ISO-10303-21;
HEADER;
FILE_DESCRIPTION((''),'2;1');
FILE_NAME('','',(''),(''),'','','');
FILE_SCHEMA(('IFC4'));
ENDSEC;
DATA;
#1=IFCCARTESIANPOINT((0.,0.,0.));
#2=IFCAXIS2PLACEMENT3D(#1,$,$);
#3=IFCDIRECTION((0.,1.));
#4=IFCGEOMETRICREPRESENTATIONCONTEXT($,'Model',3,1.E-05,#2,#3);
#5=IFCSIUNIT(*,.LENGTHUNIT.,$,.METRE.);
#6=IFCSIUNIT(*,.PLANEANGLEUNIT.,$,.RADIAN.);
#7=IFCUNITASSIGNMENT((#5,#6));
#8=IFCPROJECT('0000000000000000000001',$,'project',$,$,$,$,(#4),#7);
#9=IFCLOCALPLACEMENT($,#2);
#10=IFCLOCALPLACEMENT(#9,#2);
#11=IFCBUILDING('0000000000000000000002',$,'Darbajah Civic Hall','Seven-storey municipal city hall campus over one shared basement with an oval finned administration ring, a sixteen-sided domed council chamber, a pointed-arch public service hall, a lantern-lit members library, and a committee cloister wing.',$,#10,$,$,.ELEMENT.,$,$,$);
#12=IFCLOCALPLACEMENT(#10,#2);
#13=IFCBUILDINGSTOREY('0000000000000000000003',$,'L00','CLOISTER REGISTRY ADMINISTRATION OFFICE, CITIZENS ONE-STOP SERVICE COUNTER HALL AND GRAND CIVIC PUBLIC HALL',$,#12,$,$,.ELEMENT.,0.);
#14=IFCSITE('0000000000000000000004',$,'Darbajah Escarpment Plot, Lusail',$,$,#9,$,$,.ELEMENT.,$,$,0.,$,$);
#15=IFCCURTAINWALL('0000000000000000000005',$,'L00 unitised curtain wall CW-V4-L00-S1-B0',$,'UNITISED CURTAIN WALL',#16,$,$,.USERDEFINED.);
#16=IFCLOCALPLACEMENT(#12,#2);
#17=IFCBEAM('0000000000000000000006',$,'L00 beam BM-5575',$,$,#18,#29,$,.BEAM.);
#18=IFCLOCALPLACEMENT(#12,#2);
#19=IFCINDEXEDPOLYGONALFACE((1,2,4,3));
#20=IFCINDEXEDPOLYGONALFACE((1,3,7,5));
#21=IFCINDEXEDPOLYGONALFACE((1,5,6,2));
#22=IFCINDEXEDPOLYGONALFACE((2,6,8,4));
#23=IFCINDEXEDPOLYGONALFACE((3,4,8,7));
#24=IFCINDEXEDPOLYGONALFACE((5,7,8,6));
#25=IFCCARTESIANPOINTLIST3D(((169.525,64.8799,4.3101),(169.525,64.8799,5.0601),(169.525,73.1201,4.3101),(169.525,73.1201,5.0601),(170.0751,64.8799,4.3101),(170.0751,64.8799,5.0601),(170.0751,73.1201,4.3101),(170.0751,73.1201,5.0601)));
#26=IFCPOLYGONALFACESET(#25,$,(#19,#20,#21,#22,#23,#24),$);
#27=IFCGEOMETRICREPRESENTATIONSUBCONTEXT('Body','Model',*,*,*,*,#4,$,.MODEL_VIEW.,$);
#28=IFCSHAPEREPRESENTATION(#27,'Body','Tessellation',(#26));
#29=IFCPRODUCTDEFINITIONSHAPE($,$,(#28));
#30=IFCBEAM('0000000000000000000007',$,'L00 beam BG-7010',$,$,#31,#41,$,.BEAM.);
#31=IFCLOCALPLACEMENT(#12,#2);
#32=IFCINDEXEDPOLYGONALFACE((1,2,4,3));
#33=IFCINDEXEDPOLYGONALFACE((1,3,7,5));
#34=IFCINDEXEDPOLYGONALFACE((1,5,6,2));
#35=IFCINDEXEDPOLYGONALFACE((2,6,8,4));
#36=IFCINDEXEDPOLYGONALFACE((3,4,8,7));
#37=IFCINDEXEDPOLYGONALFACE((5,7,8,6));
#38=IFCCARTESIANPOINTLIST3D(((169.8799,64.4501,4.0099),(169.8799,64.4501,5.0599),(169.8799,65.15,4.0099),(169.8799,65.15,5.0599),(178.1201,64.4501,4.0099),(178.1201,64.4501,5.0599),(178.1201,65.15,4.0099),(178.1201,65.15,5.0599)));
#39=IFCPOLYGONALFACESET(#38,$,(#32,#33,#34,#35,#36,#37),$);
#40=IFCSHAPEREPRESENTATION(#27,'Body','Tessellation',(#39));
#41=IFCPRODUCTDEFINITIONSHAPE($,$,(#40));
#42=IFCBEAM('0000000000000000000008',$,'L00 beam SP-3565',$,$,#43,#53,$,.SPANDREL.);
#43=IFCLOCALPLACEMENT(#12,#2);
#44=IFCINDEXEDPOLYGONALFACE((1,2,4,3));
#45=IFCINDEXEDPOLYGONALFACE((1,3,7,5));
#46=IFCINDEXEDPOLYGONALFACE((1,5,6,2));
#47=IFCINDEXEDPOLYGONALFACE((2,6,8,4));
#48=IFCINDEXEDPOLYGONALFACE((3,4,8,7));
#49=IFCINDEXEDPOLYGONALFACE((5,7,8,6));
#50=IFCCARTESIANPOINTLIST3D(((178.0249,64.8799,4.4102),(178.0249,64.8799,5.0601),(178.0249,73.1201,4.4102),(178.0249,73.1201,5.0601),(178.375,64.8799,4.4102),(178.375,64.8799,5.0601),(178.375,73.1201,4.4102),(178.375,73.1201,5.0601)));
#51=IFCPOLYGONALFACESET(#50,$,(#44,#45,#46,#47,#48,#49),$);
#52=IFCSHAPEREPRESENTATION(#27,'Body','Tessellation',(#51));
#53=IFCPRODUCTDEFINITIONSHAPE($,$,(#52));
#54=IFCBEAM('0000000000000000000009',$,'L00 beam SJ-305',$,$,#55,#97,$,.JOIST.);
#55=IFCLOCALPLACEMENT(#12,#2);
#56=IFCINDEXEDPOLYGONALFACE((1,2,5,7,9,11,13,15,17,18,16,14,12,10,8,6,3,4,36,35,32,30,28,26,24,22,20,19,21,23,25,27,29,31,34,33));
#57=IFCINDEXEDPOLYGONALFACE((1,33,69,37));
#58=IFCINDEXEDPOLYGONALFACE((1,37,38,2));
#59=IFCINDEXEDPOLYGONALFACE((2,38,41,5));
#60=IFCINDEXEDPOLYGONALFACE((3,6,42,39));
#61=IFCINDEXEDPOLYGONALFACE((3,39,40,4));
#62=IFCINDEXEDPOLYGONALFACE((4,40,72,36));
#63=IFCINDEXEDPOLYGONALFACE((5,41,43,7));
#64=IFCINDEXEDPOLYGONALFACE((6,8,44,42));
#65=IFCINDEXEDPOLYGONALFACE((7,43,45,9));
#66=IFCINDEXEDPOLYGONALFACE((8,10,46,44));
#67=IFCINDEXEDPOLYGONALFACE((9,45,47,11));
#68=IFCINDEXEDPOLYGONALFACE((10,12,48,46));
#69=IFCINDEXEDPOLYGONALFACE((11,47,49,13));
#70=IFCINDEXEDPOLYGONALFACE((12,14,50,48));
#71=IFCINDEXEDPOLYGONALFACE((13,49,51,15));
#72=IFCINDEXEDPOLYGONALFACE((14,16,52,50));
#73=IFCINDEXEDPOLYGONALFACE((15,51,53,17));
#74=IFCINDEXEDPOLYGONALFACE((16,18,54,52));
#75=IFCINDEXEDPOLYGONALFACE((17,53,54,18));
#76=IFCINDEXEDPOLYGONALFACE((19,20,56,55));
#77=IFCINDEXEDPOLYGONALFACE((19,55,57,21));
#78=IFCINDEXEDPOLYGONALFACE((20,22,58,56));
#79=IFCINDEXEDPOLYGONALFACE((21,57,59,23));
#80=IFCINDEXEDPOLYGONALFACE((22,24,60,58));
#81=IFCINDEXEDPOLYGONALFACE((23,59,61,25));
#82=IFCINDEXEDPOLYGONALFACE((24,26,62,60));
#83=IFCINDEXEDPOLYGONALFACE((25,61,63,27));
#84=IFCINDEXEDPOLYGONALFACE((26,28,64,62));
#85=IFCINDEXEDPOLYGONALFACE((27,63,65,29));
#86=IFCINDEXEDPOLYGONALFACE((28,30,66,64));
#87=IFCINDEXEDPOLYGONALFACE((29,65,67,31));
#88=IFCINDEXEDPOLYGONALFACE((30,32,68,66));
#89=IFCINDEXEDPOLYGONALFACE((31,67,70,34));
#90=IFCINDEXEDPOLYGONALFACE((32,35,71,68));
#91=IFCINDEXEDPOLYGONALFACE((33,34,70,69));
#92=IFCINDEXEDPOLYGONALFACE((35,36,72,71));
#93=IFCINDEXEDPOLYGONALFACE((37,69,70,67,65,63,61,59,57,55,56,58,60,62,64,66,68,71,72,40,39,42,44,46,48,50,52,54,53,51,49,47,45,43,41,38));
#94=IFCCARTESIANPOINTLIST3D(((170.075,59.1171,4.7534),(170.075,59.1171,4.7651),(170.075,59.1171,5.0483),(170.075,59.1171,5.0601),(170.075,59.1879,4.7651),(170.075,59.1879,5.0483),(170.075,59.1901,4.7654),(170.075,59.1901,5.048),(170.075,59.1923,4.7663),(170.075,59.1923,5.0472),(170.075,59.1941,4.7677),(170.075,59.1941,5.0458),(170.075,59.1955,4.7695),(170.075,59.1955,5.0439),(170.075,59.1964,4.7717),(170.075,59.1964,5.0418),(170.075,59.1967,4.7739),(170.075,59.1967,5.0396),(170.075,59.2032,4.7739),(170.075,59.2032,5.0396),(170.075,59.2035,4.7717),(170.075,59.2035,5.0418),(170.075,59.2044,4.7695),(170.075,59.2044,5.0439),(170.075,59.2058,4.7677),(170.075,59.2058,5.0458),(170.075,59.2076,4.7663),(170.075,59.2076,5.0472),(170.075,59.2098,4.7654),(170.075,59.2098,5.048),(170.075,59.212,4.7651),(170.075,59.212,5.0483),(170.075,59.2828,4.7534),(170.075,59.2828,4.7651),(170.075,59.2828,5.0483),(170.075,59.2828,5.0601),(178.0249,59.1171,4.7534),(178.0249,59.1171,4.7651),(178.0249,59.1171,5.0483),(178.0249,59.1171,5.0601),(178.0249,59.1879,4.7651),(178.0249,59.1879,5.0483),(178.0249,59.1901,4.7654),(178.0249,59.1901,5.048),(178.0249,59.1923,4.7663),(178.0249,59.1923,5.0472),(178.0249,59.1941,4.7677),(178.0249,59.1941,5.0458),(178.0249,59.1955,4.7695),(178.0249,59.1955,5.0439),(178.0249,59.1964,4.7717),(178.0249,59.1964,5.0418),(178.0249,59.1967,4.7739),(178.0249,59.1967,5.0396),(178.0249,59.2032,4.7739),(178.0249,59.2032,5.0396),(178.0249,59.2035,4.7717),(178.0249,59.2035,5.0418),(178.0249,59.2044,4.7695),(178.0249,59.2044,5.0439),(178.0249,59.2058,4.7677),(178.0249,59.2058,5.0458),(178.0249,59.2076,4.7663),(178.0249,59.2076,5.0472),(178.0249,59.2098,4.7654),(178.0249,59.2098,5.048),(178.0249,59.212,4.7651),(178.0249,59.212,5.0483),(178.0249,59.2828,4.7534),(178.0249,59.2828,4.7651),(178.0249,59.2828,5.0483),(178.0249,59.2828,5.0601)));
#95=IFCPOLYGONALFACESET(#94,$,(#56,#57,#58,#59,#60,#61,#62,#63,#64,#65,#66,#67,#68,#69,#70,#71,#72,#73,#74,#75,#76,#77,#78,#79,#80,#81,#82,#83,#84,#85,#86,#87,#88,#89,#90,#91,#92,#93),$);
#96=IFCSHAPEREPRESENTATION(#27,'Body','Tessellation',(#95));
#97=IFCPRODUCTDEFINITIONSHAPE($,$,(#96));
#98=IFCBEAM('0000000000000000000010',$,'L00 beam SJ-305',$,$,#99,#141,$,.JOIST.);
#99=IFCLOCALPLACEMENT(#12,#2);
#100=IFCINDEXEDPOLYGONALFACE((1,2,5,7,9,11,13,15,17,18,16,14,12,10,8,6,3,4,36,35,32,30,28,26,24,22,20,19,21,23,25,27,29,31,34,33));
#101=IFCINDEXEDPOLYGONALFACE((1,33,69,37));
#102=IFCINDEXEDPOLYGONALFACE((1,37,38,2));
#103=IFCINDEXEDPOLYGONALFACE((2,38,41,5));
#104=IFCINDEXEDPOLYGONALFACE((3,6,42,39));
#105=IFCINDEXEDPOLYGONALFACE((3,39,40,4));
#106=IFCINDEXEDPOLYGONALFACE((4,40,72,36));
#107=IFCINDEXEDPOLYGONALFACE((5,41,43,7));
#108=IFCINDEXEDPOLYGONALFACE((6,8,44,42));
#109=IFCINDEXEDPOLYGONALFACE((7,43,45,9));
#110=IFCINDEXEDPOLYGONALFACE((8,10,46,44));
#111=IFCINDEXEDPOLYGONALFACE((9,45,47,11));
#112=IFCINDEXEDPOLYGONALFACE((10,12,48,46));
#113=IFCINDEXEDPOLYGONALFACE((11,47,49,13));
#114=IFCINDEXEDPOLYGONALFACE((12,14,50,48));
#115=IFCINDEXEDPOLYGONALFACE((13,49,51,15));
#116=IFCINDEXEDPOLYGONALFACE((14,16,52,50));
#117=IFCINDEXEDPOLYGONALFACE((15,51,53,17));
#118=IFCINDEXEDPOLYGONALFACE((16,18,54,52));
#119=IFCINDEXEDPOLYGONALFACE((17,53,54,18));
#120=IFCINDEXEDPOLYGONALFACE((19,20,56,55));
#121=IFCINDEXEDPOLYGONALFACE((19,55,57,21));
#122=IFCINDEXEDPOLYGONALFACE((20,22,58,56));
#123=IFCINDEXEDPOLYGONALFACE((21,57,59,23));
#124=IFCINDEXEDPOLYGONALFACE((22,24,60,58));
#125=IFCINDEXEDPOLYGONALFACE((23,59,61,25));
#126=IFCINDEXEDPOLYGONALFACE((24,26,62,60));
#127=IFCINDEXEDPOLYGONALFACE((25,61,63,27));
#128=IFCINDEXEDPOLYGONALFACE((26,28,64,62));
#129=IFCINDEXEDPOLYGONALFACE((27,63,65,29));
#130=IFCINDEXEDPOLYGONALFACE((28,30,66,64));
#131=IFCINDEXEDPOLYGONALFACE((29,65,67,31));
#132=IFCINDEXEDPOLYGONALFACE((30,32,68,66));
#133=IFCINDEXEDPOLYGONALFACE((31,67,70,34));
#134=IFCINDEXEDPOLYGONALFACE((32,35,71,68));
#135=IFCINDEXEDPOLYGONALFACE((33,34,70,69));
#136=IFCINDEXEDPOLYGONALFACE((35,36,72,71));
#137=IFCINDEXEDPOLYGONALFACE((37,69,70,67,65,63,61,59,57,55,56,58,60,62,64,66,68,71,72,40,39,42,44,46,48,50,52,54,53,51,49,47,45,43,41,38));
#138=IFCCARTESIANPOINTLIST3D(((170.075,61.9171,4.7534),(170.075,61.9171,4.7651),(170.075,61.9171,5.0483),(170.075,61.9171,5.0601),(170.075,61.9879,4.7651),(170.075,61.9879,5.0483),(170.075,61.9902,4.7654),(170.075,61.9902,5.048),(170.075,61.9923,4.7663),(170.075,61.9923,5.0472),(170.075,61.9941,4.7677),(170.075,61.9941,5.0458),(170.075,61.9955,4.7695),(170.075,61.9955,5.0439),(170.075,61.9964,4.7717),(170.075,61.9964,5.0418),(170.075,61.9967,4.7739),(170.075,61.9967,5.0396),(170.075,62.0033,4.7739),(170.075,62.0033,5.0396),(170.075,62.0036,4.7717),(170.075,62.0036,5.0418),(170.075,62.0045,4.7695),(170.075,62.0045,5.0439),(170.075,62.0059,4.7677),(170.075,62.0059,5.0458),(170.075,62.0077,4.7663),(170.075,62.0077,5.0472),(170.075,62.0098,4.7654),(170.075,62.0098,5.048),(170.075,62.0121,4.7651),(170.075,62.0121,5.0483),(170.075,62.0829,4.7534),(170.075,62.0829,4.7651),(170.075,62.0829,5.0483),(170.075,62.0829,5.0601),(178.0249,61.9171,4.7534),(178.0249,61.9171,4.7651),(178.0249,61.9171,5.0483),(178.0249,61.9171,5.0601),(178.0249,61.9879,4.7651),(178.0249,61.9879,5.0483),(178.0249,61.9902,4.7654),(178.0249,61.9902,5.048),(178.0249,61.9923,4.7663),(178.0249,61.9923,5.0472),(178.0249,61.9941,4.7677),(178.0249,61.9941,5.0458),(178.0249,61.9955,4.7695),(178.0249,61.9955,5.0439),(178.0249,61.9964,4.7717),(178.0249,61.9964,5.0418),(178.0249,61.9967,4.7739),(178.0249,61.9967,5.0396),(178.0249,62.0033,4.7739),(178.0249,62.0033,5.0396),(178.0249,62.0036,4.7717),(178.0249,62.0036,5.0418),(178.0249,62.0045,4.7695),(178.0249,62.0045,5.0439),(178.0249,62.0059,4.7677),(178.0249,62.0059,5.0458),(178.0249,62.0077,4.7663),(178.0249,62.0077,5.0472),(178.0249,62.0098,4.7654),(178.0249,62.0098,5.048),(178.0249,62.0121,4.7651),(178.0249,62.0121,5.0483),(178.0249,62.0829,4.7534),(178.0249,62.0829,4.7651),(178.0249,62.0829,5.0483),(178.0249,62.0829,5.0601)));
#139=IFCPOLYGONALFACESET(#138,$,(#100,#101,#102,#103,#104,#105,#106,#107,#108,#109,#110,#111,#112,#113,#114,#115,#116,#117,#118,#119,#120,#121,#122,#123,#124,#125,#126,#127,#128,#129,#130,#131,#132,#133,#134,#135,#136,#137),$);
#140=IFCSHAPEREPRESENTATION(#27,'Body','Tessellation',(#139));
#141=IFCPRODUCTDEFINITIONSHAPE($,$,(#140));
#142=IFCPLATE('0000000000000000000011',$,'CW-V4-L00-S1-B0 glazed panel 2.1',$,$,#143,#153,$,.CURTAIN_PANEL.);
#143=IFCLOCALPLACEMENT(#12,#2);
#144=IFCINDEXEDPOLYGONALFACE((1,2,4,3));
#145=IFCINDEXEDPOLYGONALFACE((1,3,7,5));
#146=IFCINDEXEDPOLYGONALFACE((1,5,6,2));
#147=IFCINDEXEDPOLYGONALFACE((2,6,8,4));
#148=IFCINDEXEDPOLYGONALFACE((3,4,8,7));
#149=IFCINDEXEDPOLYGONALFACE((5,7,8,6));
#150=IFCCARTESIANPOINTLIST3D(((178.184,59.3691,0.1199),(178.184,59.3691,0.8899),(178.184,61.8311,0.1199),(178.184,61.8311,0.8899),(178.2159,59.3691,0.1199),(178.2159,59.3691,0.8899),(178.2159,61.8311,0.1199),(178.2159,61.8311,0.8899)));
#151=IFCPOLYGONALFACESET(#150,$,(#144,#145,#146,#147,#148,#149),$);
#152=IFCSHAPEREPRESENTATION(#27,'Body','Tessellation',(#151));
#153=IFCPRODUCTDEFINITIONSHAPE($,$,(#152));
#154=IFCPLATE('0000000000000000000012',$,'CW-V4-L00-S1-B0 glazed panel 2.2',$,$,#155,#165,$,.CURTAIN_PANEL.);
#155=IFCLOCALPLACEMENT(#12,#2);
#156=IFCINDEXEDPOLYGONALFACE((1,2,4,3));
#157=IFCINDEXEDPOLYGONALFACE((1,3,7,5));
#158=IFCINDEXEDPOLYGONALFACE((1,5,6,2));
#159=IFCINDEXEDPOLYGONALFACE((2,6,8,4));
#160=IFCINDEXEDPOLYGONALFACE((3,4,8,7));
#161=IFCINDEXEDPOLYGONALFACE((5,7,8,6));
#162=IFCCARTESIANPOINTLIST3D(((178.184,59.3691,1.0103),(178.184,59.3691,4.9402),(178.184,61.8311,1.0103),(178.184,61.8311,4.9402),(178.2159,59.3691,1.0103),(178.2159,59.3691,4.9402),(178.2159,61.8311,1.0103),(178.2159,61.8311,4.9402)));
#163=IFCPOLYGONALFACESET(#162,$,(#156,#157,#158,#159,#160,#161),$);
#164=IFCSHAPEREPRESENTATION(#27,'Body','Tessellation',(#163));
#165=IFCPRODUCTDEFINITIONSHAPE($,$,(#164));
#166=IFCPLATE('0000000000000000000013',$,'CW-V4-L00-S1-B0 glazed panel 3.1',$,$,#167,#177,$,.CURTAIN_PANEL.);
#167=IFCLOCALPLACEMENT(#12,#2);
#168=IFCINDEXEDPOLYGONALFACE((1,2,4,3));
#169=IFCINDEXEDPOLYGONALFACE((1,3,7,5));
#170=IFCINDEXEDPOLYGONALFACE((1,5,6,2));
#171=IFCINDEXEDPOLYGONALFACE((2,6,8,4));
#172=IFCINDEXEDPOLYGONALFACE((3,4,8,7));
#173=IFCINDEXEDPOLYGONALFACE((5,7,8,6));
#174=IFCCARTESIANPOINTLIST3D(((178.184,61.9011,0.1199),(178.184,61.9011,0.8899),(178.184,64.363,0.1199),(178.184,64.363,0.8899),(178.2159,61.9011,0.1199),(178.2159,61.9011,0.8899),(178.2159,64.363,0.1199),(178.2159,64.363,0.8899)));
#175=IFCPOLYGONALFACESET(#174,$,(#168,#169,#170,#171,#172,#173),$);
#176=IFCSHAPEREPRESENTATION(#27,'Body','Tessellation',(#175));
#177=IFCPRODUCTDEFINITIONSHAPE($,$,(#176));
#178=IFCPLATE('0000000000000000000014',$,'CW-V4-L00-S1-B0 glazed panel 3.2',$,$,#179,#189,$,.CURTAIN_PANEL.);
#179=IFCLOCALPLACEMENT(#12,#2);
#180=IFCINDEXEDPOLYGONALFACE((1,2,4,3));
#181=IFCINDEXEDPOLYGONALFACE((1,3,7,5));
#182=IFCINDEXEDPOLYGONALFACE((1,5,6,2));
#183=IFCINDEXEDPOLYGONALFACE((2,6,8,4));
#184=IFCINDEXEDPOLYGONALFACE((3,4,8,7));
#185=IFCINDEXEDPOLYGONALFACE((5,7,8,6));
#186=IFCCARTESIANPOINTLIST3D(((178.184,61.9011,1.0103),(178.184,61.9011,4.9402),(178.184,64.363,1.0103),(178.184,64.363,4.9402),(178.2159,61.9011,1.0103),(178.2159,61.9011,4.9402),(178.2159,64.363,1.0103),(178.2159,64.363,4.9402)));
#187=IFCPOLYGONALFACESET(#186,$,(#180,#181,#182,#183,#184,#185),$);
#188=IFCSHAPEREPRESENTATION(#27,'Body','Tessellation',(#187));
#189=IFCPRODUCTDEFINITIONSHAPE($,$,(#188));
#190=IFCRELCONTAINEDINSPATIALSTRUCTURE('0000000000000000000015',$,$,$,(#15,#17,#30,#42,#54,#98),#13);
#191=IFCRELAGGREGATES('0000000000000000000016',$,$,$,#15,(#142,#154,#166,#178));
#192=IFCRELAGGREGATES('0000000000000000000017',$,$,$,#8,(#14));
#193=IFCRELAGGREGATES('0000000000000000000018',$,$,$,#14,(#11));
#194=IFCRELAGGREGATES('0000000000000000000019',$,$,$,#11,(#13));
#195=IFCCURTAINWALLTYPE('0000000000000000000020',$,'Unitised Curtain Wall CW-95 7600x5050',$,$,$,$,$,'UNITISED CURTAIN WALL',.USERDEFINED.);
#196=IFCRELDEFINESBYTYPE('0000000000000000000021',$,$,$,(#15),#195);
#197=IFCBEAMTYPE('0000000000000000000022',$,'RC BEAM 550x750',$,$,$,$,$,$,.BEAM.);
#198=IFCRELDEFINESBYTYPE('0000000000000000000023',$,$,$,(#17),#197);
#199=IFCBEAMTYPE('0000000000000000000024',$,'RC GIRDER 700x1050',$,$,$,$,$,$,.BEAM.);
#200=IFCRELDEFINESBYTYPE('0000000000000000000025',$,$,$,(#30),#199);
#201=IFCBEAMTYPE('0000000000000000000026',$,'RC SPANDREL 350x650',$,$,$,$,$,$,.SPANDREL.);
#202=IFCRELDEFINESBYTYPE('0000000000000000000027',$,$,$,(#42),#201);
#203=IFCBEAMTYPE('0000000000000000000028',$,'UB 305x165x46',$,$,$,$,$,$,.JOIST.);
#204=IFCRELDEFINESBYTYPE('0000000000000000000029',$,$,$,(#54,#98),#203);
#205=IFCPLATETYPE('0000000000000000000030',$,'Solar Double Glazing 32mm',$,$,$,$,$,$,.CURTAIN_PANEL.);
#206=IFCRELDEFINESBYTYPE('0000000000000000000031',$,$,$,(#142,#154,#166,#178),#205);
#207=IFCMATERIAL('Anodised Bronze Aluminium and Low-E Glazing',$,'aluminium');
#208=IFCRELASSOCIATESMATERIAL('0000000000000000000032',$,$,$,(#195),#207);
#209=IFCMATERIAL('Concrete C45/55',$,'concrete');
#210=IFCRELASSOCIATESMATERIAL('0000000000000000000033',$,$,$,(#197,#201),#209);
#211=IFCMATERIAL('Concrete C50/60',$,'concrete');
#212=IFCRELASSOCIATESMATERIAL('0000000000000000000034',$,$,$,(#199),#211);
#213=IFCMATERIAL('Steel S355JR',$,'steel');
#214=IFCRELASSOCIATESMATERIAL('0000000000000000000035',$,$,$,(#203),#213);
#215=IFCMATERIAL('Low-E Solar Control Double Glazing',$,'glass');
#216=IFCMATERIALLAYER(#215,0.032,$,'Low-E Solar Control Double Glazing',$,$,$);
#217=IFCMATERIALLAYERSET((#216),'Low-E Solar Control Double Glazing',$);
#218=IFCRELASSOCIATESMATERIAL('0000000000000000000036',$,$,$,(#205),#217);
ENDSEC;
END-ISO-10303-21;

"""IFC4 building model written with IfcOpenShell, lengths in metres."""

from ifc_helpers import new_model, si_unit, direction, frame, origin, origin_2d, place, context, subcontext, project, spatial, rectangle, i_section, extrude, material, layer, layer_set, material_profile, profile_set, type_object, element, aggregate, save


model = new_model("IFC4")

# Units and contexts
model_context = context("Model", 3, precision=1e-05, world=origin(), true_north=direction((0.0, 1.0)))
body_context = subcontext(model_context, "Body", "Model", "MODEL_VIEW")
ifc_project = project(units=[si_unit("LENGTHUNIT", "METRE"), si_unit("PLANEANGLEUNIT", "RADIAN")], contexts=[model_context])

# Site, building, storey
site_placement = place(None, origin())
site = spatial("IfcSite", under=ifc_project, at=site_placement, Name="Darbajah Escarpment Plot, Lusail", CompositionType="ELEMENT", RefElevation=0.0)
building_placement = place(site_placement, origin())
building = spatial("IfcBuilding", under=site, at=building_placement, Name="Darbajah Civic Hall", Description="Seven-storey municipal city hall campus over one shared basement with an oval finned administration ring, a sixteen-sided domed council chamber, a pointed-arch public service hall, a lantern-lit members library, and a committee cloister wing.", CompositionType="ELEMENT")
storey_placement = place(building_placement, origin())
storey = spatial("IfcBuildingStorey", under=building, at=storey_placement, Name="L00", Description="CLOISTER REGISTRY ADMINISTRATION OFFICE, CITIZENS ONE-STOP SERVICE COUNTER HALL AND GRAND CIVIC PUBLIC HALL", CompositionType="ELEMENT", Elevation=0.0)

# Shared definitions
ifc_material_1 = material(Name="Concrete C50/60", Category="concrete")

# Curtain wall
ifc_material_2 = material(Name="Anodised Bronze Aluminium and Low-E Glazing", Category="aluminium")
curtain_wall_type = type_object("IfcCurtainWallType", Name="Unitised Curtain Wall CW-95 7600x5050", ElementType="UNITISED CURTAIN WALL", PredefinedType="USERDEFINED", material=ifc_material_2)
curtain_wall_placement = place(storey_placement, origin())
curtain_wall = element("IfcCurtainWall", 1, at=curtain_wall_placement, inside=storey, type_object=curtain_wall_type, Name="L00 unitised curtain wall CW-V4-L00-S1-B0", ObjectType="UNITISED CURTAIN WALL", PredefinedType="USERDEFINED")

# Beams
ifc_material_3 = material(Name="Concrete C45/55", Category="concrete")
ifc_material_profile_1 = material_profile(ifc_material_3, rectangle(XDim=0.55, YDim=0.75, at=origin_2d()), Name="RC BEAM 550x750")
ifc_profile_set_1 = profile_set([ifc_material_profile_1], Name="Concrete C45/55")
beam_type_1 = type_object("IfcBeamType", Name="RC BEAM 550x750", PredefinedType="BEAM", material=ifc_profile_set_1)
beam_1_placement = place(storey_placement, frame((169.8, 64.8799, 4.6851), z_axis=(0.0, 1.0, 0.0), x_axis=(-1.0, 0.0, 0.0)))
element("IfcBeam", 2, at=beam_1_placement, inside=storey, type_object=beam_type_1, Name="L00 beam BM-5575", PredefinedType="BEAM", context=body_context, shape_type="SweptSolid", body=[
    extrude(rectangle(XDim=0.55, YDim=0.75, at=origin_2d()), origin(), (0.0, 0.0, 1.0), 8.2402),
])
ifc_material_profile_2 = material_profile(ifc_material_1, rectangle(XDim=0.7, YDim=1.05, at=origin_2d()), Name="RC GIRDER 700x1050")
ifc_profile_set_2 = profile_set([ifc_material_profile_2], Name="Concrete C50/60")
beam_type_2 = type_object("IfcBeamType", Name="RC GIRDER 700x1050", PredefinedType="BEAM", material=ifc_profile_set_2)
beam_2_placement = place(storey_placement, frame((169.8799, 64.8, 4.5349), z_axis=(1.0, 0.0, 0.0), x_axis=(0.0, 1.0, 0.0)))
element("IfcBeam", 3, at=beam_2_placement, inside=storey, type_object=beam_type_2, Name="L00 beam BG-7010", PredefinedType="BEAM", context=body_context, shape_type="SweptSolid", body=[
    extrude(rectangle(XDim=0.7, YDim=1.05, at=origin_2d()), origin(), (0.0, 0.0, 1.0), 8.2402),
])
ifc_material_profile_3 = material_profile(ifc_material_3, rectangle(XDim=0.3501, YDim=0.6499, at=origin_2d()), Name="RC SPANDREL 350x650")
ifc_profile_set_3 = profile_set([ifc_material_profile_3], Name="Concrete C45/55")
beam_type_3 = type_object("IfcBeamType", Name="RC SPANDREL 350x650", PredefinedType="SPANDREL", material=ifc_profile_set_3)
beam_3_placement = place(storey_placement, frame((178.2, 64.8799, 4.7351), z_axis=(0.0, 1.0, 0.0), x_axis=(-1.0, 0.0, 0.0)))
element("IfcBeam", 4, at=beam_3_placement, inside=storey, type_object=beam_type_3, Name="L00 beam SP-3565", PredefinedType="SPANDREL", context=body_context, shape_type="SweptSolid", body=[
    extrude(rectangle(XDim=0.3501, YDim=0.6499, at=origin_2d()), origin(), (0.0, 0.0, 1.0), 8.2402),
])
ifc_material_4 = material(Name="Steel S355JR", Category="steel")
ifc_material_profile_4 = material_profile(ifc_material_4, i_section(OverallWidth=0.1658, OverallDepth=0.3066, WebThickness=0.0066, FlangeThickness=0.0117, FilletRadius=0.0088, at=origin_2d()), Name="UB 305x165x46")
ifc_profile_set_4 = profile_set([ifc_material_profile_4], Name="Steel S355JR")
beam_type_4 = type_object("IfcBeamType", Name="UB 305x165x46", PredefinedType="JOIST", material=ifc_profile_set_4)
for number, where, z_axis, x_axis, name in (
    (5, (170.075, 59.2, 4.9067), (1.0, 0.0, 0.0), (0.0, 1.0, 0.0), "L00 beam SJ-305"),
    (6, (170.075, 62.0, 4.9067), (1.0, 0.0, 0.0), (0.0, 1.0, 0.0), "L00 beam SJ-305"),
):
    element("IfcBeam", number, at=place(storey_placement, frame(where, z_axis=z_axis, x_axis=x_axis)), inside=storey, type_object=beam_type_4, Name=name, PredefinedType="JOIST", context=body_context, shape_type="SweptSolid", body=[
        extrude(i_section(OverallWidth=0.1658, OverallDepth=0.3066, WebThickness=0.0066, FlangeThickness=0.0117, FilletRadius=0.0088, at=origin_2d()), origin(), (0.0, 0.0, 1.0), 7.95),
    ])

# Plates
ifc_material_5 = material(Name="Low-E Solar Control Double Glazing", Category="glass")
ifc_layer = layer(ifc_material_5, 0.032, Name="Low-E Solar Control Double Glazing")
ifc_layer_set = layer_set([ifc_layer], Name="Low-E Solar Control Double Glazing")
plate_type = type_object("IfcPlateType", Name="Solar Double Glazing 32mm", PredefinedType="CURTAIN_PANEL", material=ifc_layer_set)
plate_1_placement = place(storey_placement, frame((178.2, 60.6001, 0.1199), z_axis=(0.0, 0.0, 1.0), x_axis=(0.0, 1.0, 0.0)))
plate_1 = element("IfcPlate", 7, at=plate_1_placement, type_object=plate_type, Name="CW-V4-L00-S1-B0 glazed panel 2.1", PredefinedType="CURTAIN_PANEL", context=body_context, shape_type="SweptSolid", body=[
    extrude(rectangle(XDim=2.4619, YDim=0.032, at=origin_2d()), origin(), (0.0, 0.0, 1.0), 0.77),
])
plate_2_placement = place(storey_placement, frame((178.2, 60.6001, 1.0103), z_axis=(0.0, 0.0, 1.0), x_axis=(0.0, 1.0, 0.0)))
plate_2 = element("IfcPlate", 8, at=plate_2_placement, type_object=plate_type, Name="CW-V4-L00-S1-B0 glazed panel 2.2", PredefinedType="CURTAIN_PANEL", context=body_context, shape_type="SweptSolid", body=[
    extrude(rectangle(XDim=2.4619, YDim=0.032, at=origin_2d()), origin(), (0.0, 0.0, 1.0), 3.9299),
])
plate_3_placement = place(storey_placement, frame((178.2, 63.1321, 0.1199), z_axis=(0.0, 0.0, 1.0), x_axis=(0.0, 1.0, 0.0)))
plate_3 = element("IfcPlate", 9, at=plate_3_placement, type_object=plate_type, Name="CW-V4-L00-S1-B0 glazed panel 3.1", PredefinedType="CURTAIN_PANEL", context=body_context, shape_type="SweptSolid", body=[
    extrude(rectangle(XDim=2.4619, YDim=0.032, at=origin_2d()), origin(), (0.0, 0.0, 1.0), 0.77),
])
plate_4_placement = place(storey_placement, frame((178.2, 63.1321, 1.0103), z_axis=(0.0, 0.0, 1.0), x_axis=(0.0, 1.0, 0.0)))
plate_4 = element("IfcPlate", 10, at=plate_4_placement, type_object=plate_type, Name="CW-V4-L00-S1-B0 glazed panel 3.2", PredefinedType="CURTAIN_PANEL", context=body_context, shape_type="SweptSolid", body=[
    extrude(rectangle(XDim=2.4619, YDim=0.032, at=origin_2d()), origin(), (0.0, 0.0, 1.0), 3.9299),
])
aggregate(curtain_wall, [plate_1, plate_2, plate_3, plate_4])

save(model, "model.ifc")
